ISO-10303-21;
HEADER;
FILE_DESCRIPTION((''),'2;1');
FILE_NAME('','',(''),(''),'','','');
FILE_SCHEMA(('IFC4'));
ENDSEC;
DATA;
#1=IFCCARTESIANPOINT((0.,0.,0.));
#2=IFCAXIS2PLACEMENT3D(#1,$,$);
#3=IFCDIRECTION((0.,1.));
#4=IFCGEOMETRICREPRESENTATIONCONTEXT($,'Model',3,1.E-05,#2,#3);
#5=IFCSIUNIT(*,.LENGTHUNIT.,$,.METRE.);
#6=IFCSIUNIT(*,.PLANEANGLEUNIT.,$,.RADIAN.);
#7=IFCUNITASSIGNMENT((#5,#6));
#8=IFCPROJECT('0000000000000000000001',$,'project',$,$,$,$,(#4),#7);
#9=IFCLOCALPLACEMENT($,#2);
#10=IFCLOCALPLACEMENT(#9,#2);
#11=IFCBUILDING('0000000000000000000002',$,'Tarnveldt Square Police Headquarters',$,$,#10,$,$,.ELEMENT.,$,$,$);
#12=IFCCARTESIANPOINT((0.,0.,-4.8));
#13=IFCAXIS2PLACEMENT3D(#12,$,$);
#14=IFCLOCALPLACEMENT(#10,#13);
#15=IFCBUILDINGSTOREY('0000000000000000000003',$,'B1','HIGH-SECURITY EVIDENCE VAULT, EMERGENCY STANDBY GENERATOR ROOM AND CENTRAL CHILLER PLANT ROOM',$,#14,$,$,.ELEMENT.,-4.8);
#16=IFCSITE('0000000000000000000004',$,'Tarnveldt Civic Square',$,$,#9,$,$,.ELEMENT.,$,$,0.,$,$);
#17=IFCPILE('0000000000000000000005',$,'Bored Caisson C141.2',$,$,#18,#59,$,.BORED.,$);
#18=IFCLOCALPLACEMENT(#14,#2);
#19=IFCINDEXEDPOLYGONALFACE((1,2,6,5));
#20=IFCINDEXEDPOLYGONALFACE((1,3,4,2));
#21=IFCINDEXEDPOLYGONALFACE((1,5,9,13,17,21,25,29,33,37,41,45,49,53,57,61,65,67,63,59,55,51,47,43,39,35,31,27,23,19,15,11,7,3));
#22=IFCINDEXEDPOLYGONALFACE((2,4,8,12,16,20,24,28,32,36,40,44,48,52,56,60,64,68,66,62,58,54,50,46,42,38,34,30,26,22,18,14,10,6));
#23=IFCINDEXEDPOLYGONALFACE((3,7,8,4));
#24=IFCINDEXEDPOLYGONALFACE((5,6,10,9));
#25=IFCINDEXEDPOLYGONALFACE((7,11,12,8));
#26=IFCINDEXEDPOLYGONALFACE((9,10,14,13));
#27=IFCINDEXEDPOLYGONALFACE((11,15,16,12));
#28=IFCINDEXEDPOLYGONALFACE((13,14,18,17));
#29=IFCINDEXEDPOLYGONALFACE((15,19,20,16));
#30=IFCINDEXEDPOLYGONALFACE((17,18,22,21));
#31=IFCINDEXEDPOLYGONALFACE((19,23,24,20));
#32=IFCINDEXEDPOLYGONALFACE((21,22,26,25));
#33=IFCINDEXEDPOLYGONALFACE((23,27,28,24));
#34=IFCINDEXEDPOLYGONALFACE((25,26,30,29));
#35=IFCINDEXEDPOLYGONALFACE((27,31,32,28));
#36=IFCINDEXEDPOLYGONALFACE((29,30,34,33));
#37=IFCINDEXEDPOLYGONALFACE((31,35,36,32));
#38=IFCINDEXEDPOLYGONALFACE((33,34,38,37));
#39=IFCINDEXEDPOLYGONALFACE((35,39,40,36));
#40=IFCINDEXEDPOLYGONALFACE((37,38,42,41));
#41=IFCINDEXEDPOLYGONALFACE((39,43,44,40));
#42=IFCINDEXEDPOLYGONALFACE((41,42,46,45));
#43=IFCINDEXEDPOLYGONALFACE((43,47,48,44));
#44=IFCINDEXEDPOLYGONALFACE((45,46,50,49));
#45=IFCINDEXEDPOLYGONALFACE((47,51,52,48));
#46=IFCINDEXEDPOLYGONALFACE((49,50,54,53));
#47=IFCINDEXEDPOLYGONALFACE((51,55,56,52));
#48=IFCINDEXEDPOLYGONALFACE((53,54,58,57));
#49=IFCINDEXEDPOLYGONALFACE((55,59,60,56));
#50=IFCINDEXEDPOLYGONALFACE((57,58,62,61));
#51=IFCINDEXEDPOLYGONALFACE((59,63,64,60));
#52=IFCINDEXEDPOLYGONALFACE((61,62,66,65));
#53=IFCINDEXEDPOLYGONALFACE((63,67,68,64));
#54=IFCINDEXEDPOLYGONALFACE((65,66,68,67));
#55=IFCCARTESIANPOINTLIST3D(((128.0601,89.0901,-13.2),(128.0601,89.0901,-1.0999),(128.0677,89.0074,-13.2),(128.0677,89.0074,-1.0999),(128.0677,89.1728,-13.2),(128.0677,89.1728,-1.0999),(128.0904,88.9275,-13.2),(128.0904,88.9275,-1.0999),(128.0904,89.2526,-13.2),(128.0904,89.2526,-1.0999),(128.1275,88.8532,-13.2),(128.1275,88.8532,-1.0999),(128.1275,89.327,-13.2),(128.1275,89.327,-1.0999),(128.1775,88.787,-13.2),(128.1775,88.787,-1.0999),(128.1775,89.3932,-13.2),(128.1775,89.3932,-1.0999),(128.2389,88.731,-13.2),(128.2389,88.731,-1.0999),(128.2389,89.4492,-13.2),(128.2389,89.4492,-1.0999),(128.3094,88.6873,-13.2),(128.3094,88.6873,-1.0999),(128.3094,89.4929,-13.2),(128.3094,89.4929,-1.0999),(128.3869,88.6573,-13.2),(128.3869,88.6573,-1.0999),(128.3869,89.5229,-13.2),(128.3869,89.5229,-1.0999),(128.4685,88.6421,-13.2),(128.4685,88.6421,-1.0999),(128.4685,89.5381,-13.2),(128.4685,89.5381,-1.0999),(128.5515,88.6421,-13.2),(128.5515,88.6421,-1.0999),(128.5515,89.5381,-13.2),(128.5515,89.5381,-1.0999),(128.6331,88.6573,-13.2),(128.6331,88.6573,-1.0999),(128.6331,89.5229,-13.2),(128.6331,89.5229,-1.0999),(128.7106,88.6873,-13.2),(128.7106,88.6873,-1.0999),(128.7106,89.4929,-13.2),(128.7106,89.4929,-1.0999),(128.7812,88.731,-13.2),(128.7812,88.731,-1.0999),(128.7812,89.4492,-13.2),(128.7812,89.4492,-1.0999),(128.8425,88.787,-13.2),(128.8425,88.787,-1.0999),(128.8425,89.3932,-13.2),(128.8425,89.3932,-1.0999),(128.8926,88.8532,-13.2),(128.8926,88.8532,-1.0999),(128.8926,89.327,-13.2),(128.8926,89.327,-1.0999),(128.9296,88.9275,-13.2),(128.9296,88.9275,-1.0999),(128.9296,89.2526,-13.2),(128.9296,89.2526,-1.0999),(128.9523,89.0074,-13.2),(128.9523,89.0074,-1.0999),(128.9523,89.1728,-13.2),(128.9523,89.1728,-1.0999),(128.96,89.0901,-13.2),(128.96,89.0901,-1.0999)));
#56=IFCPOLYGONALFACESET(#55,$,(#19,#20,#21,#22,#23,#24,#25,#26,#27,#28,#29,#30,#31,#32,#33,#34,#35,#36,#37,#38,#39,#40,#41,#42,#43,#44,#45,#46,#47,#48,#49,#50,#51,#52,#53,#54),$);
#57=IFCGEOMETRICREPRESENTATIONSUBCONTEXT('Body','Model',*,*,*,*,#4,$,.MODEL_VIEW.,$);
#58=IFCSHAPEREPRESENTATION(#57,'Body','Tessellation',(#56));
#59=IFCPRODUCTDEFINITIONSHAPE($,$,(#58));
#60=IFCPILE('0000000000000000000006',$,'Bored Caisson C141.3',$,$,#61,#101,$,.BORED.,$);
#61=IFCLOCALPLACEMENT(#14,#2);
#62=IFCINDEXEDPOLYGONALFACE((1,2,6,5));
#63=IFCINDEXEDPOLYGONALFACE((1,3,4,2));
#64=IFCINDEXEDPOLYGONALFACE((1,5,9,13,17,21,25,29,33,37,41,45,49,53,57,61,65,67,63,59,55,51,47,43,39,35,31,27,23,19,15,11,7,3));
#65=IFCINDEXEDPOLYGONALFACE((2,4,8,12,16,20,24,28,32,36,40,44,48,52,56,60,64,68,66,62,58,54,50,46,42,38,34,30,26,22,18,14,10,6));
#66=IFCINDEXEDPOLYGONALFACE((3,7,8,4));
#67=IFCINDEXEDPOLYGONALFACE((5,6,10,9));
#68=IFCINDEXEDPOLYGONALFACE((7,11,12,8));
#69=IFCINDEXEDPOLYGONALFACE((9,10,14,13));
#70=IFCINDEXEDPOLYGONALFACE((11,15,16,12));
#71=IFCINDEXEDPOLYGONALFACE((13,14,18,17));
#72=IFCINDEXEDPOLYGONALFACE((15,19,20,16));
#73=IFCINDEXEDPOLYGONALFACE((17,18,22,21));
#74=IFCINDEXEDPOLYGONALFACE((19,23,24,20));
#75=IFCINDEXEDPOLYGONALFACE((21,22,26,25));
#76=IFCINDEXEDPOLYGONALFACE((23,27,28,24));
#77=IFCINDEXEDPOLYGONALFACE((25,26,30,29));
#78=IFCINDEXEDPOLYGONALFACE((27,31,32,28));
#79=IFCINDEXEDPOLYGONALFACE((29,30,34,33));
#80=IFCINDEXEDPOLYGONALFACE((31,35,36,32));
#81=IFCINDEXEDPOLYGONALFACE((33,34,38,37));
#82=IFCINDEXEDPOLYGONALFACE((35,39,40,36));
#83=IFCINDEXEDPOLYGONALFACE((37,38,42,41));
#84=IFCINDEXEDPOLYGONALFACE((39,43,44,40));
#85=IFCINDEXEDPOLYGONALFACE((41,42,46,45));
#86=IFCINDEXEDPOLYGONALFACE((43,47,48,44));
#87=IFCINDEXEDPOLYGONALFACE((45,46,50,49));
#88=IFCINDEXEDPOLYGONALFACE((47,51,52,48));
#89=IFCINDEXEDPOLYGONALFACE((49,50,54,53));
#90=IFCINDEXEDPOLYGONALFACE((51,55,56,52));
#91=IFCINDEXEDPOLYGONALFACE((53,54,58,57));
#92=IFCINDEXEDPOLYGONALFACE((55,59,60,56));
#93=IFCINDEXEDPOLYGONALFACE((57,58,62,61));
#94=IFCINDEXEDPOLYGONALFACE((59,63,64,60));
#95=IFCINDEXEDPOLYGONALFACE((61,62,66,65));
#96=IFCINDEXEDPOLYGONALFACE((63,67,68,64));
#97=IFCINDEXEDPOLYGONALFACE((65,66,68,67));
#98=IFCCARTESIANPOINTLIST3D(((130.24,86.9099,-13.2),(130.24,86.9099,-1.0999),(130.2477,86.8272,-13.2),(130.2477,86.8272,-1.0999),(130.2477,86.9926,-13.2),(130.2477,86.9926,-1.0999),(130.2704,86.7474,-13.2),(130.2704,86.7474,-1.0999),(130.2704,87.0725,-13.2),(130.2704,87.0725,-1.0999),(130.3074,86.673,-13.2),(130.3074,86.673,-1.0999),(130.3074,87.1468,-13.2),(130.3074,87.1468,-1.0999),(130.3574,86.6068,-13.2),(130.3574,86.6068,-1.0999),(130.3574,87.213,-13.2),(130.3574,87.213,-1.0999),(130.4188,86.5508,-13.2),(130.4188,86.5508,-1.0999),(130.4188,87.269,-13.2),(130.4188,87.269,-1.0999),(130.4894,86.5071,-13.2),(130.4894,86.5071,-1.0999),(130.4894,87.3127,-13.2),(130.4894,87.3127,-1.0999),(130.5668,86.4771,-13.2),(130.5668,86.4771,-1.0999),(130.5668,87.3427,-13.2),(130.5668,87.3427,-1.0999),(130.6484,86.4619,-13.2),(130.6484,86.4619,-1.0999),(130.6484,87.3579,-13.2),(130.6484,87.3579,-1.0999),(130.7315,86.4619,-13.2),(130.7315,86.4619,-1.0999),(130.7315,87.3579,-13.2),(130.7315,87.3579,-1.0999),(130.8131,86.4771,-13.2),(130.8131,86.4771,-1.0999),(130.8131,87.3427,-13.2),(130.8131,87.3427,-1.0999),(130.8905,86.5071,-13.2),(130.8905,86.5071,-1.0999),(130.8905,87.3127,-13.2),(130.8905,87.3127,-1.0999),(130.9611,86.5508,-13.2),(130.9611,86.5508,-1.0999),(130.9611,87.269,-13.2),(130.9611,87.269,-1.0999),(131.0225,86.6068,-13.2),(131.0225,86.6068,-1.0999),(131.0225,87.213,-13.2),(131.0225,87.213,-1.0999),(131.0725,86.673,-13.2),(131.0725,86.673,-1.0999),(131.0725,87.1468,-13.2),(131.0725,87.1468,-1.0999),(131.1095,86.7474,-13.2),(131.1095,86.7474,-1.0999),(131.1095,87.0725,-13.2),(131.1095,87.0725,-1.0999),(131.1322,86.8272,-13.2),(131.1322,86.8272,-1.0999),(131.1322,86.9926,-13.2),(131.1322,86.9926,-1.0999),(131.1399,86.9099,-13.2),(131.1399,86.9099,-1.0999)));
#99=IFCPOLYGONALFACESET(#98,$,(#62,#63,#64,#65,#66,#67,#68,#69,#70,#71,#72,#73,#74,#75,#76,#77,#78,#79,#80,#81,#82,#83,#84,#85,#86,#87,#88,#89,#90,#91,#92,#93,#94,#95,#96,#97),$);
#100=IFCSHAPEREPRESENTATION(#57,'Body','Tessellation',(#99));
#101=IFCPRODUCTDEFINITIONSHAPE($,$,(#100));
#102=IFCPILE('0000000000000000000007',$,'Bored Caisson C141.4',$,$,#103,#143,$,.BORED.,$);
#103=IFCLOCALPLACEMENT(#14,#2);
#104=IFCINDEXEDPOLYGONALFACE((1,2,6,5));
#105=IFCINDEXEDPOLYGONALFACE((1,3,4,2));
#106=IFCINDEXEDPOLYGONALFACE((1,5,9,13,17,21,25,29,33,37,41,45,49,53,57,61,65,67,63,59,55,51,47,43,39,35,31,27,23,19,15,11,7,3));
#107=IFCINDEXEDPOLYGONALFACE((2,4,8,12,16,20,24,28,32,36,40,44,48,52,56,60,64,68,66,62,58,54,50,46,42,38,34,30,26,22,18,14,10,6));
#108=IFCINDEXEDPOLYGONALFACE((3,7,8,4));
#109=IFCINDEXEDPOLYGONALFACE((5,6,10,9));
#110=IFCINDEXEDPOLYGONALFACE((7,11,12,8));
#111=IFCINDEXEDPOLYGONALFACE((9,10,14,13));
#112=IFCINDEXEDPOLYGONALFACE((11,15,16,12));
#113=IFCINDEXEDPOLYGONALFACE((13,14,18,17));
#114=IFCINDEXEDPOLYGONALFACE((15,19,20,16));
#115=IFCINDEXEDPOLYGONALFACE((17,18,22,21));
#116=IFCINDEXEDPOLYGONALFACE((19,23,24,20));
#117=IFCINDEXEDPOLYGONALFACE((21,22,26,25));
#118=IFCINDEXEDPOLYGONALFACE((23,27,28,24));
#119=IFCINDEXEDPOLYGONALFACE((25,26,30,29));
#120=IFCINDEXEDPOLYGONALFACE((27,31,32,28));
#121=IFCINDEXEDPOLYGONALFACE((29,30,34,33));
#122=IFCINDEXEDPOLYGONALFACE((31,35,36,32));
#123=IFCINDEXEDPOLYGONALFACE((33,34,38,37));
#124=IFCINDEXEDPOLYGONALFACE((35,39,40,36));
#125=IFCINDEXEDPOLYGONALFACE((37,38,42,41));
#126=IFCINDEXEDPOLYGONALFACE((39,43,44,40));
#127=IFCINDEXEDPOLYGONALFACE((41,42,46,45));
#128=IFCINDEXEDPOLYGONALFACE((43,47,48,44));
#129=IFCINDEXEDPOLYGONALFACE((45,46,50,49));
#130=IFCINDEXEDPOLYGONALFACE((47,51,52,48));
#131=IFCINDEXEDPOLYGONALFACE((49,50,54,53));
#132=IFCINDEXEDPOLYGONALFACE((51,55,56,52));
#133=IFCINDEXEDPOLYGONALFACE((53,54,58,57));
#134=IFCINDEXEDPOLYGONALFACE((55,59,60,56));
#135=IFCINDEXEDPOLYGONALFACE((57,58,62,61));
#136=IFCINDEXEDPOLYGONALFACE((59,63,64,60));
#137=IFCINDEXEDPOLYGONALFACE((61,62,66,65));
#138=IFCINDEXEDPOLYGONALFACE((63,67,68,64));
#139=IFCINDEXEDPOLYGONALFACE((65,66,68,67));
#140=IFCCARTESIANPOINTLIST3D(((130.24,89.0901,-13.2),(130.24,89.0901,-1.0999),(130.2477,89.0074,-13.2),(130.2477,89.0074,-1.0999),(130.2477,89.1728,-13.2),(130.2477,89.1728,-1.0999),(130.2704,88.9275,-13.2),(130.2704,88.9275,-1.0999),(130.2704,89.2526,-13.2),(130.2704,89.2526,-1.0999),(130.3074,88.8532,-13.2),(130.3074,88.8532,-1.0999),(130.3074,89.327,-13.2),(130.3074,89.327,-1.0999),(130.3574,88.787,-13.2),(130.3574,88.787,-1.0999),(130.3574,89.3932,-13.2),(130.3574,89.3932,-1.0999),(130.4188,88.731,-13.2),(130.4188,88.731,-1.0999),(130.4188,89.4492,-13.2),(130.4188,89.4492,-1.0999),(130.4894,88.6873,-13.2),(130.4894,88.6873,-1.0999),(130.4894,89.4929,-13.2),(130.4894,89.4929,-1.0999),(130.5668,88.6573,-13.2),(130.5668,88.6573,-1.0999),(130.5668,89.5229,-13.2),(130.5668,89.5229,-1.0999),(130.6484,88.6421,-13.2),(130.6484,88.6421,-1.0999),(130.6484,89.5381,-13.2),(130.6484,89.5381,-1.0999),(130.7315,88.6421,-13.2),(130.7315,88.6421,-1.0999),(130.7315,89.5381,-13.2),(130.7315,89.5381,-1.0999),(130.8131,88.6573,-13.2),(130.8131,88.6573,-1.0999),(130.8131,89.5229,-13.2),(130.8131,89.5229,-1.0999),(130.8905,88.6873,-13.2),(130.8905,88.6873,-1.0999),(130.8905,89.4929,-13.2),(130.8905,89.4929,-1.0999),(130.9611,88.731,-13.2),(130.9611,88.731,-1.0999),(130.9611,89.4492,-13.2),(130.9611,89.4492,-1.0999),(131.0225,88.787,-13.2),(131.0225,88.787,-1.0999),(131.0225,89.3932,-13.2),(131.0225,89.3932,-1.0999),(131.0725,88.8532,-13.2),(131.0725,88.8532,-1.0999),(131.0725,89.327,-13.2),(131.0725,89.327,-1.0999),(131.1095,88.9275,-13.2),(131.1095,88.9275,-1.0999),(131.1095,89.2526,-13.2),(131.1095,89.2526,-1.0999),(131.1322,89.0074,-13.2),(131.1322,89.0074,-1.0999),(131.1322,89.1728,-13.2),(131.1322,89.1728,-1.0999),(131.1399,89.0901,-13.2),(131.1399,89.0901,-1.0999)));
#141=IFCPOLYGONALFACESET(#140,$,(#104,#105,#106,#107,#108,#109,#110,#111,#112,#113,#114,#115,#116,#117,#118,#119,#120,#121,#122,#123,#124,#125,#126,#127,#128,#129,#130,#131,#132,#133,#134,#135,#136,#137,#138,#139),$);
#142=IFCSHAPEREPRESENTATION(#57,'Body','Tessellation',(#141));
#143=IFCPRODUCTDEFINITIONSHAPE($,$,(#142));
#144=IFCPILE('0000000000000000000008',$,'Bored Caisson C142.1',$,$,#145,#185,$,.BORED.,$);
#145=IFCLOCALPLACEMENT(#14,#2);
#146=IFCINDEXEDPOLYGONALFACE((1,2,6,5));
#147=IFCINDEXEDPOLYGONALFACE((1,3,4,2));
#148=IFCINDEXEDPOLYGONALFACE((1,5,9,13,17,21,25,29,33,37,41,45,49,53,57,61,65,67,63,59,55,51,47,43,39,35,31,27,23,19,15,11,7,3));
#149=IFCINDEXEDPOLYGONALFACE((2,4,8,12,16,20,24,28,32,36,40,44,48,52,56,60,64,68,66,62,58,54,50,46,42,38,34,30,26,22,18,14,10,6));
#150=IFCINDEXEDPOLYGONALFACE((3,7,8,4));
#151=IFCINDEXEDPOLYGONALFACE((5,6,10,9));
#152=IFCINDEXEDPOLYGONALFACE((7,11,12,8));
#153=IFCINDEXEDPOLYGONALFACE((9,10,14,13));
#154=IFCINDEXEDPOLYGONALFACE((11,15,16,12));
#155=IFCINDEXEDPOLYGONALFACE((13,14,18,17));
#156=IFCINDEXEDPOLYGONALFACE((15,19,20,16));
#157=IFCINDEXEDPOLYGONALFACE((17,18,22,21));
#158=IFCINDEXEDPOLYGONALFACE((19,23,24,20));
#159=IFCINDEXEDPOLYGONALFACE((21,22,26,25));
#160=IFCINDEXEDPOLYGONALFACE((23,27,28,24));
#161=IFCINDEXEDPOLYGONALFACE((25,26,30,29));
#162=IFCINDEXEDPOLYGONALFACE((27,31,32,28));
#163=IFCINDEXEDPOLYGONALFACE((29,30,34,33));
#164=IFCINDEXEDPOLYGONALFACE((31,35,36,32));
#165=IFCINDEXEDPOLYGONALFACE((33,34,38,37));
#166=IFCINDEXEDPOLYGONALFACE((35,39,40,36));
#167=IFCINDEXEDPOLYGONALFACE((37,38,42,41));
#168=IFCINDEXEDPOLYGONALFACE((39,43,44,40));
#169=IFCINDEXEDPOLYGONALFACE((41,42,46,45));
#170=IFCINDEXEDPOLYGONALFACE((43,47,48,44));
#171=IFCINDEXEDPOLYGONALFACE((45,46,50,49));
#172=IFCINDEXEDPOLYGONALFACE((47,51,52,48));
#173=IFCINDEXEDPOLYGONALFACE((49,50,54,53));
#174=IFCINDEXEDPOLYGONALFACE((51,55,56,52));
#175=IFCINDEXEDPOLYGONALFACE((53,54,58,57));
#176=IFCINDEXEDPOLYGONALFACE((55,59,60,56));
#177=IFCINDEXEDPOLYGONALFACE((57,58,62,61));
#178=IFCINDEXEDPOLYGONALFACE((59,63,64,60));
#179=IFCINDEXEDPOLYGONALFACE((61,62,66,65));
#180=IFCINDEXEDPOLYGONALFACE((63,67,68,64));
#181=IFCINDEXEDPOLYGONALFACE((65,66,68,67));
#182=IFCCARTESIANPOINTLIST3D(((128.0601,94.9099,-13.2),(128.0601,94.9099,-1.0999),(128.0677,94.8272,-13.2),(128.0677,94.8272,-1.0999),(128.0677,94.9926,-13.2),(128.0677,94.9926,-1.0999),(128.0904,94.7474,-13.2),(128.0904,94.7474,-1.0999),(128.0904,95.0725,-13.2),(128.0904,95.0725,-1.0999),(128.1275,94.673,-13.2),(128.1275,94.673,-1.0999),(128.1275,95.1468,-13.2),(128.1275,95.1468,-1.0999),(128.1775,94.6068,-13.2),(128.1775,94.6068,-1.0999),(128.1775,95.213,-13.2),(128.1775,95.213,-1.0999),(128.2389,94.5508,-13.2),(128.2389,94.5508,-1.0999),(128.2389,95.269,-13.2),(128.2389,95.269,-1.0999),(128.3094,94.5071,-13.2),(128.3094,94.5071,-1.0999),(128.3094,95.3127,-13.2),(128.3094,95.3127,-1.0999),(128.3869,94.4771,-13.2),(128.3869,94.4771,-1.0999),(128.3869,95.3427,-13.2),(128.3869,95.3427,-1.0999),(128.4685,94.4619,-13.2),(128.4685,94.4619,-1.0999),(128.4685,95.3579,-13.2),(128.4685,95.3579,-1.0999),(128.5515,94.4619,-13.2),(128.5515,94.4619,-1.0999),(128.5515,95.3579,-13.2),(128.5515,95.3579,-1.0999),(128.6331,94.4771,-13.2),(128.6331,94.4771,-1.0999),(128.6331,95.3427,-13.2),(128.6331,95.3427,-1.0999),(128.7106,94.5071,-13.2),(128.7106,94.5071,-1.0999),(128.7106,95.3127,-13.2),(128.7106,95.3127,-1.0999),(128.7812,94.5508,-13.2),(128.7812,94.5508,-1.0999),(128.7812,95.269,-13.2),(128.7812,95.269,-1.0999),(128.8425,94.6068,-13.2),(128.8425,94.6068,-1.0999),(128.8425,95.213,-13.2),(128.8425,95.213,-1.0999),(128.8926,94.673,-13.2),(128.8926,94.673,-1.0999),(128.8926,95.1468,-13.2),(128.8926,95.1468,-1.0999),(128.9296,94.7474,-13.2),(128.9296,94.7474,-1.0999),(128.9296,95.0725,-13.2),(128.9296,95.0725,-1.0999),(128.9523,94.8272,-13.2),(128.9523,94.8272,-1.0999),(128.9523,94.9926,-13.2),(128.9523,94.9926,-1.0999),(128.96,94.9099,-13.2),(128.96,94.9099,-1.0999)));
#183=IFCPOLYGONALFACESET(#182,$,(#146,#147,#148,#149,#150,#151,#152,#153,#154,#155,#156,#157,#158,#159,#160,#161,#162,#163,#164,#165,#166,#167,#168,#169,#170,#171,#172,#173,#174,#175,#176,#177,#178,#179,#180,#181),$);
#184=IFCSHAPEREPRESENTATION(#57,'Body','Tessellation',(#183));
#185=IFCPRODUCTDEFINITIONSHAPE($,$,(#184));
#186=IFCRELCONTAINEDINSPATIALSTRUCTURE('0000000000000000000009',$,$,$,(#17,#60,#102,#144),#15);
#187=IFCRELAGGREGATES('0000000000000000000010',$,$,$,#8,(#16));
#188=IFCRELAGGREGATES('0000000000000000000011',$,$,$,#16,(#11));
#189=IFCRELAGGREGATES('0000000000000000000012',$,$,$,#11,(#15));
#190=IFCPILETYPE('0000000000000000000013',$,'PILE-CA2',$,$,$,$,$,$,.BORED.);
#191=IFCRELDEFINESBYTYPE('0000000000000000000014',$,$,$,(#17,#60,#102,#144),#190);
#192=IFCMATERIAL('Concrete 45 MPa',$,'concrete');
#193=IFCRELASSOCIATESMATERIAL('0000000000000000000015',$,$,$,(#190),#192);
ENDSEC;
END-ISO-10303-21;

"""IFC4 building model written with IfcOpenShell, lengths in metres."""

from ifc_helpers import new_model, si_unit, direction, frame, origin, origin_2d, place, context, subcontext, project, spatial, circle, extrude, material, material_profile, profile_set, type_object, element, save


model = new_model("IFC4")

# Units and contexts
model_context = context("Model", 3, precision=1e-05, world=origin(), true_north=direction((0.0, 1.0)))
body_context = subcontext(model_context, "Body", "Model", "MODEL_VIEW")
ifc_project = project(units=[si_unit("LENGTHUNIT", "METRE"), si_unit("PLANEANGLEUNIT", "RADIAN")], contexts=[model_context])

# Site, building, storey
site_placement = place(None, origin())
site = spatial("IfcSite", under=ifc_project, at=site_placement, Name="Tarnveldt Civic Square", CompositionType="ELEMENT", RefElevation=0.0)
building_placement = place(site_placement, origin())
building = spatial("IfcBuilding", under=site, at=building_placement, Name="Tarnveldt Square Police Headquarters", CompositionType="ELEMENT")
storey_placement = place(building_placement, frame((0.0, 0.0, -4.8)))
storey = spatial("IfcBuildingStorey", under=building, at=storey_placement, Name="B1", Description="HIGH-SECURITY EVIDENCE VAULT, EMERGENCY STANDBY GENERATOR ROOM AND CENTRAL CHILLER PLANT ROOM", CompositionType="ELEMENT", Elevation=-4.8)

# Shared definitions
ifc_material_1 = material(Name="Concrete 45 MPa", Category="concrete")

# Piles
ifc_material_profile_1 = material_profile(ifc_material_1, circle(Radius=0.45, at=origin_2d()), Name="CAISSON-D900")
ifc_profile_set_1 = profile_set([ifc_material_profile_1], Name="Concrete 45 MPa")
pile_type = type_object("IfcPileType", Name="PILE-CA2", PredefinedType="BORED", material=ifc_profile_set_1)
for number, where, z_axis, x_axis, name in (
    (1, (128.51, 89.0901, -1.0999), (0.0, 0.0, -1.0), (1.0, 0.0, 0.0), "Bored Caisson C141.2"),
    (2, (130.6899, 86.9099, -1.0999), (0.0, 0.0, -1.0), (1.0, 0.0, 0.0), "Bored Caisson C141.3"),
    (3, (130.6899, 89.0901, -1.0999), (0.0, 0.0, -1.0), (1.0, 0.0, 0.0), "Bored Caisson C141.4"),
    (4, (128.51, 94.9099, -1.0999), (0.0, 0.0, -1.0), (1.0, 0.0, 0.0), "Bored Caisson C142.1"),
):
    element("IfcPile", number, at=place(storey_placement, frame(where, z_axis=z_axis, x_axis=x_axis)), inside=storey, type_object=pile_type, Name=name, PredefinedType="BORED", context=body_context, shape_type="SweptSolid", body=[
        extrude(circle(Radius=0.45, at=origin_2d()), origin(), (0.0, 0.0, 1.0), 12.1001),
    ])

save(model, "model.ifc")
